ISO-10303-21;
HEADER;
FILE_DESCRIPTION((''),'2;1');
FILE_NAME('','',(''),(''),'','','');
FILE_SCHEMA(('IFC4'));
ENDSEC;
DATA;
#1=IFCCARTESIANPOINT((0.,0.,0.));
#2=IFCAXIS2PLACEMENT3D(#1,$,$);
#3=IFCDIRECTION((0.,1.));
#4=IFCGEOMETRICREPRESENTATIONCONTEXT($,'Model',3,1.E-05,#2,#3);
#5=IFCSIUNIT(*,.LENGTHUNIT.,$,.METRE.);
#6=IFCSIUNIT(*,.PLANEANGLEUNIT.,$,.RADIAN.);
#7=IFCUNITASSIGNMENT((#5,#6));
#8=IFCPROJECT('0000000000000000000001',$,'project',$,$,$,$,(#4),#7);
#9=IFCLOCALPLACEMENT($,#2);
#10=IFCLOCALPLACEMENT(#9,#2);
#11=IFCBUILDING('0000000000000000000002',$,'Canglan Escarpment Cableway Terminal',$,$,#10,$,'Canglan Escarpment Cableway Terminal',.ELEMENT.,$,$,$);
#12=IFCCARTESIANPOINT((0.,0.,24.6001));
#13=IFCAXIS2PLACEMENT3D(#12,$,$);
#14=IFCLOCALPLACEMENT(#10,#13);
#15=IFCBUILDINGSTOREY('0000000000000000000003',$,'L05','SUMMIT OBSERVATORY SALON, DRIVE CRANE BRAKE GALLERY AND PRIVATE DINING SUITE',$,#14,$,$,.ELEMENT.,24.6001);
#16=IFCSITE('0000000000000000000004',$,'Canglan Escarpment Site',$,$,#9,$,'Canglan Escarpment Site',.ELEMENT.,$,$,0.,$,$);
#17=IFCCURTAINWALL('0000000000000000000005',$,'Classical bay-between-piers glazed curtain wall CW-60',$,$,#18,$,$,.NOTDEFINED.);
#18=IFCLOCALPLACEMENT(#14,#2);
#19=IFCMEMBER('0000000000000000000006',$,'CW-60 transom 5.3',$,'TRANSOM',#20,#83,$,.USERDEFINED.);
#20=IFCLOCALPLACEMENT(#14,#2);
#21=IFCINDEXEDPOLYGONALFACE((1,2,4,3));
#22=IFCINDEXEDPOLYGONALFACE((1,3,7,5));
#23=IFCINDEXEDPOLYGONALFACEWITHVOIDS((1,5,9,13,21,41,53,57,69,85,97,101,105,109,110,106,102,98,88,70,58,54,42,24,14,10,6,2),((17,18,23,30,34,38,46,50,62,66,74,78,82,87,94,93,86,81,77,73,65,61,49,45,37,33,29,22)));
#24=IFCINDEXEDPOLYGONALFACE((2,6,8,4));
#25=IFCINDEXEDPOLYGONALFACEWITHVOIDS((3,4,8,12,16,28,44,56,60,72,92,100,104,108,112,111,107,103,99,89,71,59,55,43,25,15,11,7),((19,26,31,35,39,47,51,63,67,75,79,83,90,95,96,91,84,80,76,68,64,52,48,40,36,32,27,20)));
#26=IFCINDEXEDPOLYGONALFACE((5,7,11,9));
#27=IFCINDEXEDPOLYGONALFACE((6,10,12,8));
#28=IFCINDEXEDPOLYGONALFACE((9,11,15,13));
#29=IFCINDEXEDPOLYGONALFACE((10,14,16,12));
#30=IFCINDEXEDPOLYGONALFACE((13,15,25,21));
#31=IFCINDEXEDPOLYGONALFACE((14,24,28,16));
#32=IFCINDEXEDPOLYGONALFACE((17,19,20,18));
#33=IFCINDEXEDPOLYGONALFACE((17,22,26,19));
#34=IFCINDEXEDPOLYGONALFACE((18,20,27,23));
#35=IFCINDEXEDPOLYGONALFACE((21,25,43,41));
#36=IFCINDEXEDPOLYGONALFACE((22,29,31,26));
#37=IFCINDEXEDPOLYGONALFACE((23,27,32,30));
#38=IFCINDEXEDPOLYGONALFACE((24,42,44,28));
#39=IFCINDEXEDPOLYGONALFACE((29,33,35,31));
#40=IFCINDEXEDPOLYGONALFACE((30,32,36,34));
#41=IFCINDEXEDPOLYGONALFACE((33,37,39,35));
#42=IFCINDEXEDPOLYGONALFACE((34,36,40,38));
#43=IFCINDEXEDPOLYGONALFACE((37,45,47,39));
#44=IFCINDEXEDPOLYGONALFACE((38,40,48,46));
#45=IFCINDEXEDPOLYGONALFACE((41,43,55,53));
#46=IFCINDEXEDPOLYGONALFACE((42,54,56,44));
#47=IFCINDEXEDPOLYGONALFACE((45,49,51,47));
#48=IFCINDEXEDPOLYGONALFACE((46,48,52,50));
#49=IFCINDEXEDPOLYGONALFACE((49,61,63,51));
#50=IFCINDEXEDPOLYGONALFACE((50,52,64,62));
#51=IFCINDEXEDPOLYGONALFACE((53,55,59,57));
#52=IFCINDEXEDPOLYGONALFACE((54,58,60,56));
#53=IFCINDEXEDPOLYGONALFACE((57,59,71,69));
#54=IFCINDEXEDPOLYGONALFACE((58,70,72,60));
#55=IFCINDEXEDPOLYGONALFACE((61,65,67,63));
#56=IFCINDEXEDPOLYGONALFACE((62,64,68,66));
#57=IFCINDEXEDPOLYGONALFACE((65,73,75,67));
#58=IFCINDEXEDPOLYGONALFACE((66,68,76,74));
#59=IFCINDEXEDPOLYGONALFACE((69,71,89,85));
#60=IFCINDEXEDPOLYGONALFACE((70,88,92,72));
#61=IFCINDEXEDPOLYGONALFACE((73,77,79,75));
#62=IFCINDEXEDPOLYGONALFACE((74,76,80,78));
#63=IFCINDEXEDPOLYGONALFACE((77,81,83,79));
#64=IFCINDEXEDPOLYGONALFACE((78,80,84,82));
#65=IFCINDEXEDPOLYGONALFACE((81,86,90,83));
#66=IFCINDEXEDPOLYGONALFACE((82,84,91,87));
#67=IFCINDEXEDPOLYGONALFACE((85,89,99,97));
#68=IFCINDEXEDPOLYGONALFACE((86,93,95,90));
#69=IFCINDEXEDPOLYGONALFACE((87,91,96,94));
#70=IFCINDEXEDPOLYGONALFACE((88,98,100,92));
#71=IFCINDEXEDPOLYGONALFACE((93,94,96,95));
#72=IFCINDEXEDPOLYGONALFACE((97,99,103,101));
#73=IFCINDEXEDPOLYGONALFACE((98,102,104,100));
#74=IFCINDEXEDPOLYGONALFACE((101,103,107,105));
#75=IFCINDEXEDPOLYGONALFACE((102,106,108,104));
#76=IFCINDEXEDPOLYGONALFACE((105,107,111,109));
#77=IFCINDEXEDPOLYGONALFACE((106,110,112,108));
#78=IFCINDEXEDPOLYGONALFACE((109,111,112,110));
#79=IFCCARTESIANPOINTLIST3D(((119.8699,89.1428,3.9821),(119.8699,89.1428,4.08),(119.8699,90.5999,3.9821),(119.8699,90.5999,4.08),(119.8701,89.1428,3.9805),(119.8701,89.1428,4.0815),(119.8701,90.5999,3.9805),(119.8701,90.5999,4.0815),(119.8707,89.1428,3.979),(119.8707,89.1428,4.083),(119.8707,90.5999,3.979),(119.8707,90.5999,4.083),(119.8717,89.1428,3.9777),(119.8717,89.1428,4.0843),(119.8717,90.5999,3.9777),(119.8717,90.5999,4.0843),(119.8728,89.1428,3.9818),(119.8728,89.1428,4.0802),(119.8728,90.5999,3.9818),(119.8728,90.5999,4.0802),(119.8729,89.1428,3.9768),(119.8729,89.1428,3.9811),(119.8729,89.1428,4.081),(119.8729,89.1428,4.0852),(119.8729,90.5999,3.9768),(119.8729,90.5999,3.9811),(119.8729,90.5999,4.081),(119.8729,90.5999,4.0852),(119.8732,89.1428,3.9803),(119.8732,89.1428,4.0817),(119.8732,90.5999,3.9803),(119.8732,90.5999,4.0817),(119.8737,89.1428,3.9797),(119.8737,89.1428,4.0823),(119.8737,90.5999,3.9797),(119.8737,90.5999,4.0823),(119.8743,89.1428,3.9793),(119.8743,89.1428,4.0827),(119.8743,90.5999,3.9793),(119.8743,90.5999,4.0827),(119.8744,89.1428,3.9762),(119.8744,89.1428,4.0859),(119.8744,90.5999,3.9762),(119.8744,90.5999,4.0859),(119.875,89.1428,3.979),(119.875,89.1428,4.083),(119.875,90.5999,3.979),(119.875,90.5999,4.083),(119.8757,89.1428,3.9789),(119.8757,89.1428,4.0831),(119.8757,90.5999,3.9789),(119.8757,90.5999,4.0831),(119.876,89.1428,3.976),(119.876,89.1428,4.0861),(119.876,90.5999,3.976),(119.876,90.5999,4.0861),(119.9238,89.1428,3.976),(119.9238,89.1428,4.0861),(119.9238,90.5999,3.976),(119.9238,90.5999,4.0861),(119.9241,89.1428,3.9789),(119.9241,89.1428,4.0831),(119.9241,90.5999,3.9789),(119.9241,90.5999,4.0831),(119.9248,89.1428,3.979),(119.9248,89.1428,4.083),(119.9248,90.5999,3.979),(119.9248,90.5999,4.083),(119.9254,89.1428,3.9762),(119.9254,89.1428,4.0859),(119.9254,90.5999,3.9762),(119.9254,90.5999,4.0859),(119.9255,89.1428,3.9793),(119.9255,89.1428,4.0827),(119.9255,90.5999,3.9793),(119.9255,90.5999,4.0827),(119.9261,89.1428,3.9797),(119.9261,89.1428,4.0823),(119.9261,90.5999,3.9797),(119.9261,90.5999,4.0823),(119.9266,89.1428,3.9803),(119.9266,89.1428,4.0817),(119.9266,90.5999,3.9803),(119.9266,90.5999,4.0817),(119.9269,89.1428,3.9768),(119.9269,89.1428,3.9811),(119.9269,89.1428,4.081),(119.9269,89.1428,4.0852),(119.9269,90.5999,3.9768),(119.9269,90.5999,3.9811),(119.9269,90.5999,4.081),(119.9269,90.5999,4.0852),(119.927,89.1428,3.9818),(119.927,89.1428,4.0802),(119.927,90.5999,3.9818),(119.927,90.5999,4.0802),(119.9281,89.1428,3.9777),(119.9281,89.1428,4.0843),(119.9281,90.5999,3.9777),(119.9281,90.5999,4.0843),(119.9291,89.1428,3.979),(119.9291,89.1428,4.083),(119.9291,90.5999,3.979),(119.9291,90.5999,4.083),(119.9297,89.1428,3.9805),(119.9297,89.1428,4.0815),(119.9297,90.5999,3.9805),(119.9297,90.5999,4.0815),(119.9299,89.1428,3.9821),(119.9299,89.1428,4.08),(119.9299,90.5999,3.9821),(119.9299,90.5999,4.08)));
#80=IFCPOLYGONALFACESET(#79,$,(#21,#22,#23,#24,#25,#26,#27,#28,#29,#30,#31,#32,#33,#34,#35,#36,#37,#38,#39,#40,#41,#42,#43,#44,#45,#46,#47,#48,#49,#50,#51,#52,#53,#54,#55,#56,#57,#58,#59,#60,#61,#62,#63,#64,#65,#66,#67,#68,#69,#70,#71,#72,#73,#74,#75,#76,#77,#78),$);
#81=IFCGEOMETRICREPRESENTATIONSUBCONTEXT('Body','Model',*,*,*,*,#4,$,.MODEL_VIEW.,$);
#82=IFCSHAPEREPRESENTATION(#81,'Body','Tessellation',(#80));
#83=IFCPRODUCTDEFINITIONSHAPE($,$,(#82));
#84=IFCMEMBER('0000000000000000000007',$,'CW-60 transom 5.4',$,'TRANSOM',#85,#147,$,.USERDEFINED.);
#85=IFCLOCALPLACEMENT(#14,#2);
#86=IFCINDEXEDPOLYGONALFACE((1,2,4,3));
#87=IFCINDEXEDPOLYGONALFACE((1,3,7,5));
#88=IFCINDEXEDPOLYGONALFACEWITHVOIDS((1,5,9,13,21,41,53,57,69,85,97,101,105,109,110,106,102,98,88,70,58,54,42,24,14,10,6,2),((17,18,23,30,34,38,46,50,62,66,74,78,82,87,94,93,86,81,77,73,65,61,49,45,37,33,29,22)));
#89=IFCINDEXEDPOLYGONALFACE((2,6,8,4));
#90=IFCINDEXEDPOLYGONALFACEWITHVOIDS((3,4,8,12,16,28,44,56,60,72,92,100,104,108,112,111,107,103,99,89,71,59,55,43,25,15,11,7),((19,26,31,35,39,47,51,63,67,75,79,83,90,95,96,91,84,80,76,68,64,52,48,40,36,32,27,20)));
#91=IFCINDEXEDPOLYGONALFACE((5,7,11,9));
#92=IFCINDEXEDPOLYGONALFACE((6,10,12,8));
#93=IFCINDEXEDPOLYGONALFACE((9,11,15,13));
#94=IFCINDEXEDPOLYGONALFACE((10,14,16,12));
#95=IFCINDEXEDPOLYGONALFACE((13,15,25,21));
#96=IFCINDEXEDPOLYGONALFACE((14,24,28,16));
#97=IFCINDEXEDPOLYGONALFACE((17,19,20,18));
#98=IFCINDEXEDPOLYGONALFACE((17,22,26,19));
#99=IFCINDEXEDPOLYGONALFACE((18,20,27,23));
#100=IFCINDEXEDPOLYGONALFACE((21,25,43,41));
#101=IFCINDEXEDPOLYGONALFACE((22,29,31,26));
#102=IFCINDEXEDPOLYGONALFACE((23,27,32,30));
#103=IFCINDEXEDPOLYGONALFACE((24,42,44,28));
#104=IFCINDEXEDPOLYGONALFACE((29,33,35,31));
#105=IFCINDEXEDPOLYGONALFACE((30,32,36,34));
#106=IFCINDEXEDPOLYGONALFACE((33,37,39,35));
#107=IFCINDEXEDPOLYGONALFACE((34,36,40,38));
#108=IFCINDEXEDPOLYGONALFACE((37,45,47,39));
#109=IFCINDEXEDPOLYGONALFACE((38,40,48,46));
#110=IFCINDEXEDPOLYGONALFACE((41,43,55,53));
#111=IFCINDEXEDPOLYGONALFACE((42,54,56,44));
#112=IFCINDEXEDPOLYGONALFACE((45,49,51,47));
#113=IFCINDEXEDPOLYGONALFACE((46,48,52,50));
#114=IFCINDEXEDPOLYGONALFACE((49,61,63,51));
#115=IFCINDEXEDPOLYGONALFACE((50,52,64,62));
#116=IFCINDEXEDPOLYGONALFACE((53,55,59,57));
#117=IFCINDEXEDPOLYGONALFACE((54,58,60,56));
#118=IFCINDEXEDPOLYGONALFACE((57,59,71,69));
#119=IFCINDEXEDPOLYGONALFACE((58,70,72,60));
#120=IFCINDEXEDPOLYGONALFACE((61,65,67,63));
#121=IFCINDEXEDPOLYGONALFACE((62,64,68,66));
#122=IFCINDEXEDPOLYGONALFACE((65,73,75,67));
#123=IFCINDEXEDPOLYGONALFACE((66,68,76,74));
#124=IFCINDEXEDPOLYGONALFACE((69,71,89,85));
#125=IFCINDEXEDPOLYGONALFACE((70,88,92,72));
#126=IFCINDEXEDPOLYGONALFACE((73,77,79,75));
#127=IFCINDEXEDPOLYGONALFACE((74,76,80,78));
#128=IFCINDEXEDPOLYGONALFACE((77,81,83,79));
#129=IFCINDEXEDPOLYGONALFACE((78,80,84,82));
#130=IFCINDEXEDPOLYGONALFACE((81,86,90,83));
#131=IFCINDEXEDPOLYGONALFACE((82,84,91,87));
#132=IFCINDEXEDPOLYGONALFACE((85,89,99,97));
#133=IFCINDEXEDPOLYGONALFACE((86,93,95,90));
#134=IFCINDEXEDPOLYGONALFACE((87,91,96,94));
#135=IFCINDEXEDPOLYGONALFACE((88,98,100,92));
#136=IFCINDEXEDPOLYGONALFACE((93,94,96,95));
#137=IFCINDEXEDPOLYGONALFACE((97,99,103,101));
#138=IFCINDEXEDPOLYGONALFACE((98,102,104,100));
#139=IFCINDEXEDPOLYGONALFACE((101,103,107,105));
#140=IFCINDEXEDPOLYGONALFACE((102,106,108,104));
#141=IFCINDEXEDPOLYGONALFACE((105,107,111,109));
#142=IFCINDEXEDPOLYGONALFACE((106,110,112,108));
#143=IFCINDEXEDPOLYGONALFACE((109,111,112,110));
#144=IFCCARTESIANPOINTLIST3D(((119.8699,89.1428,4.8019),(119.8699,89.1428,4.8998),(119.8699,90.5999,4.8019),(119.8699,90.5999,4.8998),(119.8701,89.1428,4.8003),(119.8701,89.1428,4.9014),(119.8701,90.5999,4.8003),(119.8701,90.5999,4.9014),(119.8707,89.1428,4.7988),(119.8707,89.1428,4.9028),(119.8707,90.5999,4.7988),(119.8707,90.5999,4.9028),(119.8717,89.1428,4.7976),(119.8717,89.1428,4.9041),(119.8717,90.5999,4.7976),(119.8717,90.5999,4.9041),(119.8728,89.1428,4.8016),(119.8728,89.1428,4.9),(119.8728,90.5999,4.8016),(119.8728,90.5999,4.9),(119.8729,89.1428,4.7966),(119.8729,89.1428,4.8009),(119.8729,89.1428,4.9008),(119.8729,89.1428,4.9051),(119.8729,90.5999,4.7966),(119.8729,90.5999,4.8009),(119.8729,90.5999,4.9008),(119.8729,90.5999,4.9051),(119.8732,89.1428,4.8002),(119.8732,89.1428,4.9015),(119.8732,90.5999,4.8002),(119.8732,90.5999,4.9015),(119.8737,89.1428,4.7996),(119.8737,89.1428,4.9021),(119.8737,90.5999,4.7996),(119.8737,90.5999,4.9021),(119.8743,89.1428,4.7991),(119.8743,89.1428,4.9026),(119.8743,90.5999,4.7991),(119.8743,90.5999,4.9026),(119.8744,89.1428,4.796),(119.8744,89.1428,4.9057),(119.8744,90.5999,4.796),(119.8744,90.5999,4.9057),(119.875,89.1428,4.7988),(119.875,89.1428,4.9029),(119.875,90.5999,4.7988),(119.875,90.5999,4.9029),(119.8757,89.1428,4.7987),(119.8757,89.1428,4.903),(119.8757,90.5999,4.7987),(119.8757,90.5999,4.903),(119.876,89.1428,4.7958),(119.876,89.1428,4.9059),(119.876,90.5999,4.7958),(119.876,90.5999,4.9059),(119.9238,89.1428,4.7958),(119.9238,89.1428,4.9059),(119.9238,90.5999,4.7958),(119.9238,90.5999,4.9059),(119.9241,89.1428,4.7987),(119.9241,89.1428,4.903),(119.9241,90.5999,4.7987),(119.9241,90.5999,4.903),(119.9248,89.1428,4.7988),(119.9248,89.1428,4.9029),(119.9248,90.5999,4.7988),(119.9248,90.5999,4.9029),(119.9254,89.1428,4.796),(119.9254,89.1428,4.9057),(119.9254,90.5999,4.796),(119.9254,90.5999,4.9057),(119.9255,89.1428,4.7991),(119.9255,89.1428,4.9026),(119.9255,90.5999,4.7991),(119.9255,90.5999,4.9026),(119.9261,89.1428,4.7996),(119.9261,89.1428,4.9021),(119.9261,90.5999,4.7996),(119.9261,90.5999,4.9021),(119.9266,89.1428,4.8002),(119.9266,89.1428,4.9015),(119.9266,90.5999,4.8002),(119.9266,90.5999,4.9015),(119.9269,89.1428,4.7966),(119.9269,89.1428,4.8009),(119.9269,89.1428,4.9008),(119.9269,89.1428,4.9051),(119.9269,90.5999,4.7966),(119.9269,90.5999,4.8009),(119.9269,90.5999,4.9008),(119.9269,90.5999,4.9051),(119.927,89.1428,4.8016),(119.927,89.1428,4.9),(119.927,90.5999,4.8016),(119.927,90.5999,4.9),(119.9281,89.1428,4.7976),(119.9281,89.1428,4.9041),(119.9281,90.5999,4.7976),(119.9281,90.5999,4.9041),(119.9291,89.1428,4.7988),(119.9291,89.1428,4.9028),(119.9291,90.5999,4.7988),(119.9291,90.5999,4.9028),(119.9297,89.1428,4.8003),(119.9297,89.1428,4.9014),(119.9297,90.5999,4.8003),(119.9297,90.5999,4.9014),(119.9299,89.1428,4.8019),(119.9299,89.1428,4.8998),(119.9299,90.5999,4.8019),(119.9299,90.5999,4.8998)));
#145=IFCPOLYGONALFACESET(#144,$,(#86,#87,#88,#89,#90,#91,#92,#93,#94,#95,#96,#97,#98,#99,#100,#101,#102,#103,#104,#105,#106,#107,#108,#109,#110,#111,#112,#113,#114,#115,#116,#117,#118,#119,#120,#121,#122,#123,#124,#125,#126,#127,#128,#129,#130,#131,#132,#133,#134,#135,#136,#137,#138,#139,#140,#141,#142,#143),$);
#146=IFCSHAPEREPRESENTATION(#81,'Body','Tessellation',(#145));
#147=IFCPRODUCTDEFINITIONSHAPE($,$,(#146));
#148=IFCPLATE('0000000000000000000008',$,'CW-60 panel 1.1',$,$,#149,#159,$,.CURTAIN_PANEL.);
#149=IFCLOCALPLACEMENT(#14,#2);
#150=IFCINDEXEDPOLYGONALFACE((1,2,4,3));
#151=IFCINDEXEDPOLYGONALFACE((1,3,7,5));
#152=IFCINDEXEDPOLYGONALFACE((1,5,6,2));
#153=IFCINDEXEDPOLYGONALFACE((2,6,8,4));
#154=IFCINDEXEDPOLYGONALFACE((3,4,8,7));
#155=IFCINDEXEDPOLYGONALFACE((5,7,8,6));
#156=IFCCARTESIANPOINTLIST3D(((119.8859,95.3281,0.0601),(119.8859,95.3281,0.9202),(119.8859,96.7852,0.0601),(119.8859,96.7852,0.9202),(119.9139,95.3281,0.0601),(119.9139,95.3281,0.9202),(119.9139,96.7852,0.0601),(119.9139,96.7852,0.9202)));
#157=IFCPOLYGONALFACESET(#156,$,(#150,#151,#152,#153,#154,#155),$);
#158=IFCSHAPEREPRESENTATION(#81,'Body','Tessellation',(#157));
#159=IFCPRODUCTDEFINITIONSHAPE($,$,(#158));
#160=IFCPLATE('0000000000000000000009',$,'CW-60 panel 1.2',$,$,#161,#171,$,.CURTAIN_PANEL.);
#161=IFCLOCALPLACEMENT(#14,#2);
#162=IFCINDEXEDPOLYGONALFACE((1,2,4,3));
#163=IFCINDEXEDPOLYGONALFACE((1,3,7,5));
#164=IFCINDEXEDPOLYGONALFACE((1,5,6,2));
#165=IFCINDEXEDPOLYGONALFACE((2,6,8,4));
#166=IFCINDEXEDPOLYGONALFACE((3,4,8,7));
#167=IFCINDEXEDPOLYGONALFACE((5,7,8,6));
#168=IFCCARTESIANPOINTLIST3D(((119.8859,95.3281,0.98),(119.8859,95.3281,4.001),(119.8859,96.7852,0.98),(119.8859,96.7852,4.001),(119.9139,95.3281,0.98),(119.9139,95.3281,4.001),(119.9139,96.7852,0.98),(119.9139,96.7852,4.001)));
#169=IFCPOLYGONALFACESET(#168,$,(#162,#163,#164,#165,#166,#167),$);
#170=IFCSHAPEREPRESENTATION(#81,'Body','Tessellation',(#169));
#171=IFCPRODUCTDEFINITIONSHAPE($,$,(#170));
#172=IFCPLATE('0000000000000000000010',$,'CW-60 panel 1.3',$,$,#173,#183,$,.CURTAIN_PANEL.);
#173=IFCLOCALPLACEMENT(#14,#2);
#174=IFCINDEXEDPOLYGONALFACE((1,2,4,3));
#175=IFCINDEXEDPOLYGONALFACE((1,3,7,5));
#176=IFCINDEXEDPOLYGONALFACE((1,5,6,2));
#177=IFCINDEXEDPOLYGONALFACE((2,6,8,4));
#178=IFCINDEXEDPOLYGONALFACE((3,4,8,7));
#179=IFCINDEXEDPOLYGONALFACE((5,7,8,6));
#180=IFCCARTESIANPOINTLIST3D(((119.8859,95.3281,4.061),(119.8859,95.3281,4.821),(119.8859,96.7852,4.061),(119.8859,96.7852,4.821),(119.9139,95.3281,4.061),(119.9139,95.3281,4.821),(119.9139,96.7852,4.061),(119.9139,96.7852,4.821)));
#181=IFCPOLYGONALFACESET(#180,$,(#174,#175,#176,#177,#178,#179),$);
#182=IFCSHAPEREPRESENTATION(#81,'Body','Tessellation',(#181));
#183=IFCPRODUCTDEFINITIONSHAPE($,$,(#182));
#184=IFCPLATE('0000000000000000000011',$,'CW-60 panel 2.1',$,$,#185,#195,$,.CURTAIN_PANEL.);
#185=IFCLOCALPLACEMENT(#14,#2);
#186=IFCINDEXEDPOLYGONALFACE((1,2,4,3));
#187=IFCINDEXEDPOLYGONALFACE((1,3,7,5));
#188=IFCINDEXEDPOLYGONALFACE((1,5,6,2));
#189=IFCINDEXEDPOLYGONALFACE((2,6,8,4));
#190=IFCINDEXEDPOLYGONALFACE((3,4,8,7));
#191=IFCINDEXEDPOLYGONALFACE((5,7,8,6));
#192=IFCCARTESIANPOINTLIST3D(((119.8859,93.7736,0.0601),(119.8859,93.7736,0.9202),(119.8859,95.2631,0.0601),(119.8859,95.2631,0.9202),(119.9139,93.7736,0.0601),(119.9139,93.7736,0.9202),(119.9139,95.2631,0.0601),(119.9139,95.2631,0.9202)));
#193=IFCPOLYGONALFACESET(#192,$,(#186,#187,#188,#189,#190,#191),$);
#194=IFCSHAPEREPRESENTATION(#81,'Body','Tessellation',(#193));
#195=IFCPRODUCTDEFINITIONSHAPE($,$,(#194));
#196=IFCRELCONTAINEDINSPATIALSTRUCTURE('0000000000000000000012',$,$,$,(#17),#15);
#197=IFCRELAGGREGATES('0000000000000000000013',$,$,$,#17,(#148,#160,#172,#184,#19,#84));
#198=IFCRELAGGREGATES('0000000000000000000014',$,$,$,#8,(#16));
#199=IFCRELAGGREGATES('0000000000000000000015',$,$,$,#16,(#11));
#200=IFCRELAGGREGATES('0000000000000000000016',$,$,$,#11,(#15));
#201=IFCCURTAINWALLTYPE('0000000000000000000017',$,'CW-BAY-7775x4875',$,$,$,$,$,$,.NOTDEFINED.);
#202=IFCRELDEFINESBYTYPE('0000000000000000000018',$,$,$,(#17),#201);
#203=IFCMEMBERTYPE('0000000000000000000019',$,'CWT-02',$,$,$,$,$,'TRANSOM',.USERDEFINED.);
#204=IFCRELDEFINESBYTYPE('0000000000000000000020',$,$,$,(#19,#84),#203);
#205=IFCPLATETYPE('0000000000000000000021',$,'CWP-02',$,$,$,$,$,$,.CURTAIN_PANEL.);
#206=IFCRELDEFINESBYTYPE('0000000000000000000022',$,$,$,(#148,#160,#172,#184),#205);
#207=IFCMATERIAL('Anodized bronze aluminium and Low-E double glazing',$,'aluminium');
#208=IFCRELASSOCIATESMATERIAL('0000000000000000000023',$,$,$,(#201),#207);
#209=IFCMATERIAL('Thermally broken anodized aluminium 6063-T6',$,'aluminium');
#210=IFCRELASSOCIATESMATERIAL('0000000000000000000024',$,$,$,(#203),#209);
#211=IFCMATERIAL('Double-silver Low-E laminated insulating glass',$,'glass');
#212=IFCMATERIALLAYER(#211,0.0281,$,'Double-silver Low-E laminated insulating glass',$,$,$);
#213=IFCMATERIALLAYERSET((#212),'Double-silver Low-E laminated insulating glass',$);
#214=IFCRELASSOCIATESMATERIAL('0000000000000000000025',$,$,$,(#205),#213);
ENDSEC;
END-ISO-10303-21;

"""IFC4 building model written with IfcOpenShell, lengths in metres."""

from ifc_helpers import new_model, si_unit, direction, frame, origin, origin_2d, place, context, subcontext, project, spatial, rectangle, hollow_rectangle, extrude, material, layer, layer_set, material_profile, profile_set, type_object, element, aggregate, save


model = new_model("IFC4")

# Units and contexts
model_context = context("Model", 3, precision=1e-05, world=origin(), true_north=direction((0.0, 1.0)))
body_context = subcontext(model_context, "Body", "Model", "MODEL_VIEW")
ifc_project = project(units=[si_unit("LENGTHUNIT", "METRE"), si_unit("PLANEANGLEUNIT", "RADIAN")], contexts=[model_context])

# Site, building, storey
site_placement = place(None, origin())
site = spatial("IfcSite", under=ifc_project, at=site_placement, Name="Canglan Escarpment Site", LongName="Canglan Escarpment Site", CompositionType="ELEMENT", RefElevation=0.0)
building_placement = place(site_placement, origin())
building = spatial("IfcBuilding", under=site, at=building_placement, Name="Canglan Escarpment Cableway Terminal", LongName="Canglan Escarpment Cableway Terminal", CompositionType="ELEMENT")
storey_placement = place(building_placement, frame((0.0, 0.0, 24.6001)))
storey = spatial("IfcBuildingStorey", under=building, at=storey_placement, Name="L05", Description="SUMMIT OBSERVATORY SALON, DRIVE CRANE BRAKE GALLERY AND PRIVATE DINING SUITE", CompositionType="ELEMENT", Elevation=24.6001)

# Shared definitions
ifc_material_1 = material(Name="Anodized bronze aluminium and Low-E double glazing", Category="aluminium")
ifc_material_2 = material(Name="Thermally broken anodized aluminium 6063-T6", Category="aluminium")

# Curtain wall, members, plates
curtain_wall_type_1 = type_object("IfcCurtainWallType", Name="CW-BAY-7775x4875", PredefinedType="NOTDEFINED", material=ifc_material_1)
curtain_wall_1_placement = place(storey_placement, origin())
curtain_wall_1 = element("IfcCurtainWall", 1, at=curtain_wall_1_placement, inside=storey, type_object=curtain_wall_type_1, Name="Classical bay-between-piers glazed curtain wall CW-60", PredefinedType="NOTDEFINED")
ifc_material_profile_1 = material_profile(ifc_material_2, hollow_rectangle(XDim=0.0601, YDim=0.1101, WallThickness=0.0029, InnerFilletRadius=0.0029, OuterFilletRadius=0.0061, at=origin_2d()), Name="ALU-TRAN 60x110x3")
ifc_profile_set_1 = profile_set([ifc_material_profile_1], Name="Thermally broken anodized aluminium 6063-T6")
member_type_1 = type_object("IfcMemberType", Name="CWT-02", ElementType="TRANSOM", PredefinedType="USERDEFINED", material=ifc_profile_set_1)
member_1_placement = place(storey_placement, frame((119.8999, 90.5999, 4.031), z_axis=(0.0, -1.0, 0.0), x_axis=(1.0, 0.0, 0.0)))
member_1 = element("IfcMember", 2, at=member_1_placement, type_object=member_type_1, Name="CW-60 transom 5.3", ObjectType="TRANSOM", PredefinedType="USERDEFINED", context=body_context, shape_type="SweptSolid", body=[
    extrude(hollow_rectangle(XDim=0.0601, YDim=0.1101, WallThickness=0.0029, InnerFilletRadius=0.0029, OuterFilletRadius=0.0061, at=origin_2d()), origin(), (0.0, 0.0, 1.0), 1.457),
])
member_2_placement = place(storey_placement, frame((119.8999, 90.5999, 4.8508), z_axis=(0.0, -1.0, 0.0), x_axis=(1.0, 0.0, 0.0)))
member_2 = element("IfcMember", 3, at=member_2_placement, type_object=member_type_1, Name="CW-60 transom 5.4", ObjectType="TRANSOM", PredefinedType="USERDEFINED", context=body_context, shape_type="SweptSolid", body=[
    extrude(hollow_rectangle(XDim=0.0601, YDim=0.1101, WallThickness=0.0029, InnerFilletRadius=0.0029, OuterFilletRadius=0.0061, at=origin_2d()), origin(), (0.0, 0.0, 1.0), 1.457),
])
ifc_material_3 = material(Name="Double-silver Low-E laminated insulating glass", Category="glass")
ifc_layer_1 = layer(ifc_material_3, 0.0281, Name="Double-silver Low-E laminated insulating glass")
ifc_layer_set_1 = layer_set([ifc_layer_1], Name="Double-silver Low-E laminated insulating glass")
plate_type = type_object("IfcPlateType", Name="CWP-02", PredefinedType="CURTAIN_PANEL", material=ifc_layer_set_1)
plate_1_placement = place(storey_placement, frame((119.8999, 96.0566, 0.0601), z_axis=(0.0, 0.0, 1.0), x_axis=(0.0, -1.0, 0.0)))
plate_1 = element("IfcPlate", 4, at=plate_1_placement, type_object=plate_type, Name="CW-60 panel 1.1", PredefinedType="CURTAIN_PANEL", context=body_context, shape_type="SweptSolid", body=[
    extrude(rectangle(XDim=1.457, YDim=0.0281, at=origin_2d()), origin(), (0.0, 0.0, 1.0), 0.8601),
])
plate_2_placement = place(storey_placement, frame((119.8999, 96.0566, 0.98), z_axis=(0.0, 0.0, 1.0), x_axis=(0.0, -1.0, 0.0)))
plate_2 = element("IfcPlate", 5, at=plate_2_placement, type_object=plate_type, Name="CW-60 panel 1.2", PredefinedType="CURTAIN_PANEL", context=body_context, shape_type="SweptSolid", body=[
    extrude(rectangle(XDim=1.457, YDim=0.0281, at=origin_2d()), origin(), (0.0, 0.0, 1.0), 3.021),
])
plate_3_placement = place(storey_placement, frame((119.8999, 96.0566, 4.061), z_axis=(0.0, 0.0, 1.0), x_axis=(0.0, -1.0, 0.0)))
plate_3 = element("IfcPlate", 6, at=plate_3_placement, type_object=plate_type, Name="CW-60 panel 1.3", PredefinedType="CURTAIN_PANEL", context=body_context, shape_type="SweptSolid", body=[
    extrude(rectangle(XDim=1.457, YDim=0.0281, at=origin_2d()), origin(), (0.0, 0.0, 1.0), 0.76),
])
plate_4_placement = place(storey_placement, frame((119.8999, 94.5183, 0.0601), z_axis=(0.0, 0.0, 1.0), x_axis=(0.0, -1.0, 0.0)))
plate_4 = element("IfcPlate", 7, at=plate_4_placement, type_object=plate_type, Name="CW-60 panel 2.1", PredefinedType="CURTAIN_PANEL", context=body_context, shape_type="SweptSolid", body=[
    extrude(rectangle(XDim=1.4895, YDim=0.0281, at=origin_2d()), origin(), (0.0, 0.0, 1.0), 0.8601),
])
aggregate(curtain_wall_1, [plate_1, plate_2, plate_3, plate_4, member_1, member_2])

save(model, "model.ifc")
